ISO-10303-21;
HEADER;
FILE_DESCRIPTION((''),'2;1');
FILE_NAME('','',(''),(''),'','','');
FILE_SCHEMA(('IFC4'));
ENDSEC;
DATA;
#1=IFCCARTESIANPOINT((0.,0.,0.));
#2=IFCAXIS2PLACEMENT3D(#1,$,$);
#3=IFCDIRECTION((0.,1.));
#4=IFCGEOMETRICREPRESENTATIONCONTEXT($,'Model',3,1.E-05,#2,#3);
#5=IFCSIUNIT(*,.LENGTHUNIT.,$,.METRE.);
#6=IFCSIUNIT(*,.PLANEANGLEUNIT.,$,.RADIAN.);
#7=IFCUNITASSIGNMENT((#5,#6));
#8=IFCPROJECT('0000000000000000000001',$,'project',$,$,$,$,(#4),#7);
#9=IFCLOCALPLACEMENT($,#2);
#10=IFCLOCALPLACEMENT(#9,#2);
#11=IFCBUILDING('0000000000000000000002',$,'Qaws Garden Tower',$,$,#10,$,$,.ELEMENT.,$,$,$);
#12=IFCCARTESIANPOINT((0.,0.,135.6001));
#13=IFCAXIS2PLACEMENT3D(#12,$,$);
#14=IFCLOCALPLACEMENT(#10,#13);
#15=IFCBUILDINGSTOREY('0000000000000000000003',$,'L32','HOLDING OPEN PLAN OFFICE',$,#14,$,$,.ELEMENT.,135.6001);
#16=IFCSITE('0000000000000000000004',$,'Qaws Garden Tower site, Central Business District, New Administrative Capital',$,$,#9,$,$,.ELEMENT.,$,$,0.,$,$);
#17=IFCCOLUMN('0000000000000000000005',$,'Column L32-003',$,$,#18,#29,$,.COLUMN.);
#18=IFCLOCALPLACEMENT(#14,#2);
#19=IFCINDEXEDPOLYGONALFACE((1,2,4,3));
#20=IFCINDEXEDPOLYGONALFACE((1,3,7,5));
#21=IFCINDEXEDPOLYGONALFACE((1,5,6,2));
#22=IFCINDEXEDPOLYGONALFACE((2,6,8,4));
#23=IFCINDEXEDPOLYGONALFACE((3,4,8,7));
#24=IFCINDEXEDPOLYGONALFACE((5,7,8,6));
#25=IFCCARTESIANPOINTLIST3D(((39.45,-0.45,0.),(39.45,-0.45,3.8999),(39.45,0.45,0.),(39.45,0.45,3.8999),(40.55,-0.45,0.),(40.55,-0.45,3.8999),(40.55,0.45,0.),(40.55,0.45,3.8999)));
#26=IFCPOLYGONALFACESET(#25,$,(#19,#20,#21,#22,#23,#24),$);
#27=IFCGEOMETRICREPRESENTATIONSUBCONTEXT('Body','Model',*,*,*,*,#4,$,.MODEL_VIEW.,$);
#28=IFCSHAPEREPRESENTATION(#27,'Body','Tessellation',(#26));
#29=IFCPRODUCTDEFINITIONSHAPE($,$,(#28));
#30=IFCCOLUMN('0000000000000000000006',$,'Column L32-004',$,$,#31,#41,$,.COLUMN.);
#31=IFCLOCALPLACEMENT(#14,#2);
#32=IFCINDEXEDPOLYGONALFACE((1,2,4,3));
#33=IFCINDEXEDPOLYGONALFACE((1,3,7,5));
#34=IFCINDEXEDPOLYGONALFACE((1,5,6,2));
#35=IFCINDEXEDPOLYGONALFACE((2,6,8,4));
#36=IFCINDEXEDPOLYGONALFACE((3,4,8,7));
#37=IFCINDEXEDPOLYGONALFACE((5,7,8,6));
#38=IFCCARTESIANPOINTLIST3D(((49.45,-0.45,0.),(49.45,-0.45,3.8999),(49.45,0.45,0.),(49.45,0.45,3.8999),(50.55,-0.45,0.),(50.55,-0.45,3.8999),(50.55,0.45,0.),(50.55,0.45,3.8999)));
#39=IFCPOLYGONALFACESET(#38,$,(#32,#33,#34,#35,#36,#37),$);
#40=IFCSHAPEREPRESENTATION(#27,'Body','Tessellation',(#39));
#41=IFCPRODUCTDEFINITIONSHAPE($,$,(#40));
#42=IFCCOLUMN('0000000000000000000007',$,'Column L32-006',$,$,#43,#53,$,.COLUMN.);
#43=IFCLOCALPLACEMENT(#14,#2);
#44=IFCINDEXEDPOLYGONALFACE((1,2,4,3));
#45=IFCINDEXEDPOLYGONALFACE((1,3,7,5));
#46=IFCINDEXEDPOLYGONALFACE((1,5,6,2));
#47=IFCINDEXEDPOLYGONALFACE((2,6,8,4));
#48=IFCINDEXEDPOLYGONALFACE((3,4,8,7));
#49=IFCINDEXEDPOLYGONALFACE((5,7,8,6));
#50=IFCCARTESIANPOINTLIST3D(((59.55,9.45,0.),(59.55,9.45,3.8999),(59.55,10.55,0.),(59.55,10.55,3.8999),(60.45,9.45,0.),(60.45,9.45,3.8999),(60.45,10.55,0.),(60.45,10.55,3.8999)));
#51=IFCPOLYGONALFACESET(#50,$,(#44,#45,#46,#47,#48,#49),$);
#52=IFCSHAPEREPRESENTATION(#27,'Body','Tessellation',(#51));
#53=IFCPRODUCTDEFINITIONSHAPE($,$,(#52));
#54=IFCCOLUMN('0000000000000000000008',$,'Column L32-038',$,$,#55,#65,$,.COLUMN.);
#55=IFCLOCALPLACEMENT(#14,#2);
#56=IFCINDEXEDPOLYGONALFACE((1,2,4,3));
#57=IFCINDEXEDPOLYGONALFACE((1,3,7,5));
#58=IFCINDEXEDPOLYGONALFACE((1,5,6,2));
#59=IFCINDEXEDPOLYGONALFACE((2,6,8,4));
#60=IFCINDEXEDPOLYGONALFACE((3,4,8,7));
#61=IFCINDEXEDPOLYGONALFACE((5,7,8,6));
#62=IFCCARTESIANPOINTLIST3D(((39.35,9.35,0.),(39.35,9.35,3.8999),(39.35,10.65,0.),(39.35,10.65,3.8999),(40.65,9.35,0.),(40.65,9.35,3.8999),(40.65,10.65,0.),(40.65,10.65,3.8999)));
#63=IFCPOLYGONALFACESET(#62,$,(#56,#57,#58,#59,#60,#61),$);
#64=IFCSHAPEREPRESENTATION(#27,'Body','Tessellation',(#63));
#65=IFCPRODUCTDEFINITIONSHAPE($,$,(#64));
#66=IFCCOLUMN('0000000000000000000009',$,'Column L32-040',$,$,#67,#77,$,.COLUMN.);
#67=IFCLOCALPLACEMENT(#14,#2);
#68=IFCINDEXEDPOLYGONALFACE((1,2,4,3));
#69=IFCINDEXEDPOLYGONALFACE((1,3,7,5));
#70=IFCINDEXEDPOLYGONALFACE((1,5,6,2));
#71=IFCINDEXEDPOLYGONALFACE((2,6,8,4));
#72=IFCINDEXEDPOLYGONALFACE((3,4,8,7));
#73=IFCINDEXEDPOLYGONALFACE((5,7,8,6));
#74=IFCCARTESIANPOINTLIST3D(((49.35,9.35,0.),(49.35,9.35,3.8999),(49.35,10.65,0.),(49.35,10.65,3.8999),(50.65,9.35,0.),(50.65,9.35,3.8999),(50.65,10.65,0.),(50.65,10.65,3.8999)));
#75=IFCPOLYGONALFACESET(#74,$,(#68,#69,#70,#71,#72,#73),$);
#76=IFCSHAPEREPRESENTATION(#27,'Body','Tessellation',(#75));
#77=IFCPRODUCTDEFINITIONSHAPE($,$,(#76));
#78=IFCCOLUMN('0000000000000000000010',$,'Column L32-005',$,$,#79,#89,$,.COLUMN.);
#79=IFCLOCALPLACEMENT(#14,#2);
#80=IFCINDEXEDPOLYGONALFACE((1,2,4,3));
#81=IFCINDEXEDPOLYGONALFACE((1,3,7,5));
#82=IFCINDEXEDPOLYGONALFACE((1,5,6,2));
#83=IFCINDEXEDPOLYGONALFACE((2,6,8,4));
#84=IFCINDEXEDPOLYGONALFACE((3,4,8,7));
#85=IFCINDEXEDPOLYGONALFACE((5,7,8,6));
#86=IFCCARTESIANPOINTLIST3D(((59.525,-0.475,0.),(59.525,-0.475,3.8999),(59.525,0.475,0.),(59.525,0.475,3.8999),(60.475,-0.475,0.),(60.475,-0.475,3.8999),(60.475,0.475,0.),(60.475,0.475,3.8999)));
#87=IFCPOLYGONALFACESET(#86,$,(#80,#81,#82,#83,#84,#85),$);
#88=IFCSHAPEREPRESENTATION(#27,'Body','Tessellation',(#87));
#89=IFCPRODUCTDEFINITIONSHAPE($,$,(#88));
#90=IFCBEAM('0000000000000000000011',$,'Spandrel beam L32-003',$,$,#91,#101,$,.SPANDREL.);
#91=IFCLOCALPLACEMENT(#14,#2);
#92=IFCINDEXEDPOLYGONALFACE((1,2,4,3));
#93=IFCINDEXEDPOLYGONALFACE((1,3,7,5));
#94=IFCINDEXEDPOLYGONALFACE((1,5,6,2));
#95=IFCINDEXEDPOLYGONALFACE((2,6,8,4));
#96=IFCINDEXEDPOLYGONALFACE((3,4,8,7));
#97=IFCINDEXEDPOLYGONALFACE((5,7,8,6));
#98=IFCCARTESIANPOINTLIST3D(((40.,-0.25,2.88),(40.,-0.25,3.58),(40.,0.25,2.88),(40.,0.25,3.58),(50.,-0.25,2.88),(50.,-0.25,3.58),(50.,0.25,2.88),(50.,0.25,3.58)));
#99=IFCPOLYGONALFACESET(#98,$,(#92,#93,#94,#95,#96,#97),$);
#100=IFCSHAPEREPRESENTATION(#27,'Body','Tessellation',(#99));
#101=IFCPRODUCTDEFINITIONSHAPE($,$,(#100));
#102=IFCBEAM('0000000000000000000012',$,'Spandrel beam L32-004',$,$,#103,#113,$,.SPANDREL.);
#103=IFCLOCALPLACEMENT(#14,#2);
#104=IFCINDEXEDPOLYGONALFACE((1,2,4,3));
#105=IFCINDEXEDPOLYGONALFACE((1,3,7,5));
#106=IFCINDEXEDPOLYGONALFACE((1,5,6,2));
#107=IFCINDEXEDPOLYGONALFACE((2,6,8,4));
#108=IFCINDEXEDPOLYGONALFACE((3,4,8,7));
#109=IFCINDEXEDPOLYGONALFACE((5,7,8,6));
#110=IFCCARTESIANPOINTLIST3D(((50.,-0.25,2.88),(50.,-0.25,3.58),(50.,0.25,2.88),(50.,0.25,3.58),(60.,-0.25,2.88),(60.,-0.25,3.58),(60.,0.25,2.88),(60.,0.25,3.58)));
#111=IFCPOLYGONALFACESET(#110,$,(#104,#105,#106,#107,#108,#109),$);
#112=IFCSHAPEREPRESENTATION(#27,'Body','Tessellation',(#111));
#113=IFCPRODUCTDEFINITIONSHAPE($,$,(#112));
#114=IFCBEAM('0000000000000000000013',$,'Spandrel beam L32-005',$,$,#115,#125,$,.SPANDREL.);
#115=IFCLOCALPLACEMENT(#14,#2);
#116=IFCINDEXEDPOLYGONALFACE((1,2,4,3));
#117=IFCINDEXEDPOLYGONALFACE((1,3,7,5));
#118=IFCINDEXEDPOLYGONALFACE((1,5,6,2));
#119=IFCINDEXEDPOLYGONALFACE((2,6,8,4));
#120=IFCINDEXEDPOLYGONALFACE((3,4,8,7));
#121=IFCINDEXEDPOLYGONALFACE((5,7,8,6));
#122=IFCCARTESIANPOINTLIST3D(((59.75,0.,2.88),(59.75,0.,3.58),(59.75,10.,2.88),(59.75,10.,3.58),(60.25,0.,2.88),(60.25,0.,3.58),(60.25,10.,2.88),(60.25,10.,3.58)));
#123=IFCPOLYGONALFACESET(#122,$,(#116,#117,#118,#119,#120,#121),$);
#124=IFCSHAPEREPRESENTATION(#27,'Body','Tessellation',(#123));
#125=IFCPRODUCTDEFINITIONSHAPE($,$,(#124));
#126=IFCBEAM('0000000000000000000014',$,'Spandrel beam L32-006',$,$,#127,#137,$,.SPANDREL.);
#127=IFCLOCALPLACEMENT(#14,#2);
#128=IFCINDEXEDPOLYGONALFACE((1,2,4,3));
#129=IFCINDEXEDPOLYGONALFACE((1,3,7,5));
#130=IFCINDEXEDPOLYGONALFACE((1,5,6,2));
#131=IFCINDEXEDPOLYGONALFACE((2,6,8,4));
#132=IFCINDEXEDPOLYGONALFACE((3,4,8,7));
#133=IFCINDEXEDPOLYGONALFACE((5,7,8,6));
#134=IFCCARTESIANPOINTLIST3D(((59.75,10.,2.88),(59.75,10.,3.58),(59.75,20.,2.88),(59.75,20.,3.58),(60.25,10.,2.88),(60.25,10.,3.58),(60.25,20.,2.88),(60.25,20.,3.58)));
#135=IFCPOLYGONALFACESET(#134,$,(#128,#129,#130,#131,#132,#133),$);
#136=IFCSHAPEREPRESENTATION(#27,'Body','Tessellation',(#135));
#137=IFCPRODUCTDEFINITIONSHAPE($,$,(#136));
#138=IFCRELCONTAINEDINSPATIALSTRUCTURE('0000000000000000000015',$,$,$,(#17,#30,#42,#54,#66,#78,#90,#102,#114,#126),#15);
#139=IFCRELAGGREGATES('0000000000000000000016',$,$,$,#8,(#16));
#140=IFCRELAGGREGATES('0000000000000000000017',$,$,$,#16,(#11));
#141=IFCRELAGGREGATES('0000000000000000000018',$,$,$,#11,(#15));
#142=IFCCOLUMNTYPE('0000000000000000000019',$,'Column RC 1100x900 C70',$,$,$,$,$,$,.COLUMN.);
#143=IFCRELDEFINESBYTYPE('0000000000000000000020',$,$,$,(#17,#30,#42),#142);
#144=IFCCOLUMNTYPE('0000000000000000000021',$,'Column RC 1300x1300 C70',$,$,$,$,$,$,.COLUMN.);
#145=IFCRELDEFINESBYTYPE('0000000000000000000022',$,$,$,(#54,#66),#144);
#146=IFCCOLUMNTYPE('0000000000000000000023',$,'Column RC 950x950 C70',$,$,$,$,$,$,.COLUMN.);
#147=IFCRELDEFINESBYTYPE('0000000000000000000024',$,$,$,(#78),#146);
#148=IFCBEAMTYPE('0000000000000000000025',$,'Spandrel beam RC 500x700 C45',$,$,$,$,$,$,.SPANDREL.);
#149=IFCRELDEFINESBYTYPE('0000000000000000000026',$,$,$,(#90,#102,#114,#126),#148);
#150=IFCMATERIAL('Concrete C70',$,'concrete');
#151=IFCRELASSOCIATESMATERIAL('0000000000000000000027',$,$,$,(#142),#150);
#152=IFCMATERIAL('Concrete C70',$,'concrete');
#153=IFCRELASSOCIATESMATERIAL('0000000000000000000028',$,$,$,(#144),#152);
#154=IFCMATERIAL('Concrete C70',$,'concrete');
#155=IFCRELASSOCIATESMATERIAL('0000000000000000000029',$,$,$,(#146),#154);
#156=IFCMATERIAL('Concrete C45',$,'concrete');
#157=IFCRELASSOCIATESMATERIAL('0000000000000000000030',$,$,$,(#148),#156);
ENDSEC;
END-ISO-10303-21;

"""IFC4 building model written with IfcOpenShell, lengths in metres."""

from ifc_helpers import new_model, si_unit, direction, frame, origin, origin_2d, place, context, subcontext, project, spatial, rectangle, extrude, material, material_profile, profile_set, type_object, element, save


model = new_model("IFC4")

# Units and contexts
model_context = context("Model", 3, precision=1e-05, world=origin(), true_north=direction((0.0, 1.0)))
body_context = subcontext(model_context, "Body", "Model", "MODEL_VIEW")
ifc_project = project(units=[si_unit("LENGTHUNIT", "METRE"), si_unit("PLANEANGLEUNIT", "RADIAN")], contexts=[model_context])

# Site, building, storey
site_placement = place(None, origin())
site = spatial("IfcSite", under=ifc_project, at=site_placement, Name="Qaws Garden Tower site, Central Business District, New Administrative Capital", CompositionType="ELEMENT", RefElevation=0.0)
building_placement = place(site_placement, origin())
building = spatial("IfcBuilding", under=site, at=building_placement, Name="Qaws Garden Tower", CompositionType="ELEMENT")
storey_placement = place(building_placement, frame((0.0, 0.0, 135.6001)))
storey = spatial("IfcBuildingStorey", under=building, at=storey_placement, Name="L32", Description="HOLDING OPEN PLAN OFFICE", CompositionType="ELEMENT", Elevation=135.6001)

# Columns
ifc_material_1 = material(Name="Concrete C70", Category="concrete")
ifc_material_profile_1 = material_profile(ifc_material_1, rectangle(XDim=1.1001, YDim=0.8999, at=origin_2d()), Name="RC 1100x900")
ifc_profile_set_1 = profile_set([ifc_material_profile_1], Name="Concrete C70")
column_type_1 = type_object("IfcColumnType", Name="Column RC 1100x900 C70", PredefinedType="COLUMN", material=ifc_profile_set_1)
for number, where, z_axis, x_axis, name in (
    (1, (40.0, 0.0, 0.0), (0.0, 0.0, 1.0), (1.0, 0.0, 0.0), "Column L32-003"),
    (2, (50.0, 0.0, 0.0), (0.0, 0.0, 1.0), (1.0, 0.0, 0.0), "Column L32-004"),
    (3, (60.0, 10.0, 0.0), (0.0, 0.0, 1.0), (0.0, 1.0, 0.0), "Column L32-006"),
):
    element("IfcColumn", number, at=place(storey_placement, frame(where, z_axis=z_axis, x_axis=x_axis)), inside=storey, type_object=column_type_1, Name=name, PredefinedType="COLUMN", context=body_context, shape_type="SweptSolid", body=[
        extrude(rectangle(XDim=1.1001, YDim=0.8999, at=origin_2d()), origin(), (0.0, 0.0, 1.0), 3.8999),
    ])
ifc_material_2 = material(Name="Concrete C70", Category="concrete")
ifc_material_profile_2 = material_profile(ifc_material_2, rectangle(XDim=1.3, YDim=1.3, at=origin_2d()), Name="RC 1300x1300")
ifc_profile_set_2 = profile_set([ifc_material_profile_2], Name="Concrete C70")
column_type_2 = type_object("IfcColumnType", Name="Column RC 1300x1300 C70", PredefinedType="COLUMN", material=ifc_profile_set_2)
for number, where, z_axis, x_axis, name in (
    (4, (40.0, 10.0, 0.0), (0.0, 0.0, 1.0), (1.0, 0.0, 0.0), "Column L32-038"),
    (5, (50.0, 10.0, 0.0), (0.0, 0.0, 1.0), (1.0, 0.0, 0.0), "Column L32-040"),
):
    element("IfcColumn", number, at=place(storey_placement, frame(where, z_axis=z_axis, x_axis=x_axis)), inside=storey, type_object=column_type_2, Name=name, PredefinedType="COLUMN", context=body_context, shape_type="SweptSolid", body=[
        extrude(rectangle(XDim=1.3, YDim=1.3, at=origin_2d()), origin(), (0.0, 0.0, 1.0), 3.8999),
    ])
ifc_material_3 = material(Name="Concrete C70", Category="concrete")
ifc_material_profile_3 = material_profile(ifc_material_3, rectangle(XDim=0.95, YDim=0.95, at=origin_2d()), Name="RC 950x950")
ifc_profile_set_3 = profile_set([ifc_material_profile_3], Name="Concrete C70")
column_type_3 = type_object("IfcColumnType", Name="Column RC 950x950 C70", PredefinedType="COLUMN", material=ifc_profile_set_3)
column_placement = place(storey_placement, frame((60.0, 0.0, 0.0), z_axis=(0.0, 0.0, 1.0), x_axis=(1.0, 0.0, 0.0)))
element("IfcColumn", 6, at=column_placement, inside=storey, type_object=column_type_3, Name="Column L32-005", PredefinedType="COLUMN", context=body_context, shape_type="SweptSolid", body=[
    extrude(rectangle(XDim=0.95, YDim=0.95, at=origin_2d()), origin(), (0.0, 0.0, 1.0), 3.8999),
])

# Beams
ifc_material_4 = material(Name="Concrete C45", Category="concrete")
ifc_material_profile_4 = material_profile(ifc_material_4, rectangle(XDim=0.5, YDim=0.7, at=origin_2d()), Name="RC 500x700")
ifc_profile_set_4 = profile_set([ifc_material_profile_4], Name="Concrete C45")
beam_type = type_object("IfcBeamType", Name="Spandrel beam RC 500x700 C45", PredefinedType="SPANDREL", material=ifc_profile_set_4)
for number, where, z_axis, x_axis, name in (
    (7, (40.0, 0.0, 3.23), (1.0, 0.0, 0.0), (0.0, 1.0, 0.0), "Spandrel beam L32-003"),
    (8, (50.0, 0.0, 3.23), (1.0, 0.0, 0.0), (0.0, 1.0, 0.0), "Spandrel beam L32-004"),
    (9, (60.0, 0.0, 3.23), (0.0, 1.0, 0.0), (-1.0, 0.0, 0.0), "Spandrel beam L32-005"),
    (10, (60.0, 10.0, 3.23), (0.0, 1.0, 0.0), (-1.0, 0.0, 0.0), "Spandrel beam L32-006"),
):
    element("IfcBeam", number, at=place(storey_placement, frame(where, z_axis=z_axis, x_axis=x_axis)), inside=storey, type_object=beam_type, Name=name, PredefinedType="SPANDREL", context=body_context, shape_type="SweptSolid", body=[
        extrude(rectangle(XDim=0.5, YDim=0.7, at=origin_2d()), origin(), (0.0, 0.0, 1.0), 10.0),
    ])

save(model, "model.ifc")
